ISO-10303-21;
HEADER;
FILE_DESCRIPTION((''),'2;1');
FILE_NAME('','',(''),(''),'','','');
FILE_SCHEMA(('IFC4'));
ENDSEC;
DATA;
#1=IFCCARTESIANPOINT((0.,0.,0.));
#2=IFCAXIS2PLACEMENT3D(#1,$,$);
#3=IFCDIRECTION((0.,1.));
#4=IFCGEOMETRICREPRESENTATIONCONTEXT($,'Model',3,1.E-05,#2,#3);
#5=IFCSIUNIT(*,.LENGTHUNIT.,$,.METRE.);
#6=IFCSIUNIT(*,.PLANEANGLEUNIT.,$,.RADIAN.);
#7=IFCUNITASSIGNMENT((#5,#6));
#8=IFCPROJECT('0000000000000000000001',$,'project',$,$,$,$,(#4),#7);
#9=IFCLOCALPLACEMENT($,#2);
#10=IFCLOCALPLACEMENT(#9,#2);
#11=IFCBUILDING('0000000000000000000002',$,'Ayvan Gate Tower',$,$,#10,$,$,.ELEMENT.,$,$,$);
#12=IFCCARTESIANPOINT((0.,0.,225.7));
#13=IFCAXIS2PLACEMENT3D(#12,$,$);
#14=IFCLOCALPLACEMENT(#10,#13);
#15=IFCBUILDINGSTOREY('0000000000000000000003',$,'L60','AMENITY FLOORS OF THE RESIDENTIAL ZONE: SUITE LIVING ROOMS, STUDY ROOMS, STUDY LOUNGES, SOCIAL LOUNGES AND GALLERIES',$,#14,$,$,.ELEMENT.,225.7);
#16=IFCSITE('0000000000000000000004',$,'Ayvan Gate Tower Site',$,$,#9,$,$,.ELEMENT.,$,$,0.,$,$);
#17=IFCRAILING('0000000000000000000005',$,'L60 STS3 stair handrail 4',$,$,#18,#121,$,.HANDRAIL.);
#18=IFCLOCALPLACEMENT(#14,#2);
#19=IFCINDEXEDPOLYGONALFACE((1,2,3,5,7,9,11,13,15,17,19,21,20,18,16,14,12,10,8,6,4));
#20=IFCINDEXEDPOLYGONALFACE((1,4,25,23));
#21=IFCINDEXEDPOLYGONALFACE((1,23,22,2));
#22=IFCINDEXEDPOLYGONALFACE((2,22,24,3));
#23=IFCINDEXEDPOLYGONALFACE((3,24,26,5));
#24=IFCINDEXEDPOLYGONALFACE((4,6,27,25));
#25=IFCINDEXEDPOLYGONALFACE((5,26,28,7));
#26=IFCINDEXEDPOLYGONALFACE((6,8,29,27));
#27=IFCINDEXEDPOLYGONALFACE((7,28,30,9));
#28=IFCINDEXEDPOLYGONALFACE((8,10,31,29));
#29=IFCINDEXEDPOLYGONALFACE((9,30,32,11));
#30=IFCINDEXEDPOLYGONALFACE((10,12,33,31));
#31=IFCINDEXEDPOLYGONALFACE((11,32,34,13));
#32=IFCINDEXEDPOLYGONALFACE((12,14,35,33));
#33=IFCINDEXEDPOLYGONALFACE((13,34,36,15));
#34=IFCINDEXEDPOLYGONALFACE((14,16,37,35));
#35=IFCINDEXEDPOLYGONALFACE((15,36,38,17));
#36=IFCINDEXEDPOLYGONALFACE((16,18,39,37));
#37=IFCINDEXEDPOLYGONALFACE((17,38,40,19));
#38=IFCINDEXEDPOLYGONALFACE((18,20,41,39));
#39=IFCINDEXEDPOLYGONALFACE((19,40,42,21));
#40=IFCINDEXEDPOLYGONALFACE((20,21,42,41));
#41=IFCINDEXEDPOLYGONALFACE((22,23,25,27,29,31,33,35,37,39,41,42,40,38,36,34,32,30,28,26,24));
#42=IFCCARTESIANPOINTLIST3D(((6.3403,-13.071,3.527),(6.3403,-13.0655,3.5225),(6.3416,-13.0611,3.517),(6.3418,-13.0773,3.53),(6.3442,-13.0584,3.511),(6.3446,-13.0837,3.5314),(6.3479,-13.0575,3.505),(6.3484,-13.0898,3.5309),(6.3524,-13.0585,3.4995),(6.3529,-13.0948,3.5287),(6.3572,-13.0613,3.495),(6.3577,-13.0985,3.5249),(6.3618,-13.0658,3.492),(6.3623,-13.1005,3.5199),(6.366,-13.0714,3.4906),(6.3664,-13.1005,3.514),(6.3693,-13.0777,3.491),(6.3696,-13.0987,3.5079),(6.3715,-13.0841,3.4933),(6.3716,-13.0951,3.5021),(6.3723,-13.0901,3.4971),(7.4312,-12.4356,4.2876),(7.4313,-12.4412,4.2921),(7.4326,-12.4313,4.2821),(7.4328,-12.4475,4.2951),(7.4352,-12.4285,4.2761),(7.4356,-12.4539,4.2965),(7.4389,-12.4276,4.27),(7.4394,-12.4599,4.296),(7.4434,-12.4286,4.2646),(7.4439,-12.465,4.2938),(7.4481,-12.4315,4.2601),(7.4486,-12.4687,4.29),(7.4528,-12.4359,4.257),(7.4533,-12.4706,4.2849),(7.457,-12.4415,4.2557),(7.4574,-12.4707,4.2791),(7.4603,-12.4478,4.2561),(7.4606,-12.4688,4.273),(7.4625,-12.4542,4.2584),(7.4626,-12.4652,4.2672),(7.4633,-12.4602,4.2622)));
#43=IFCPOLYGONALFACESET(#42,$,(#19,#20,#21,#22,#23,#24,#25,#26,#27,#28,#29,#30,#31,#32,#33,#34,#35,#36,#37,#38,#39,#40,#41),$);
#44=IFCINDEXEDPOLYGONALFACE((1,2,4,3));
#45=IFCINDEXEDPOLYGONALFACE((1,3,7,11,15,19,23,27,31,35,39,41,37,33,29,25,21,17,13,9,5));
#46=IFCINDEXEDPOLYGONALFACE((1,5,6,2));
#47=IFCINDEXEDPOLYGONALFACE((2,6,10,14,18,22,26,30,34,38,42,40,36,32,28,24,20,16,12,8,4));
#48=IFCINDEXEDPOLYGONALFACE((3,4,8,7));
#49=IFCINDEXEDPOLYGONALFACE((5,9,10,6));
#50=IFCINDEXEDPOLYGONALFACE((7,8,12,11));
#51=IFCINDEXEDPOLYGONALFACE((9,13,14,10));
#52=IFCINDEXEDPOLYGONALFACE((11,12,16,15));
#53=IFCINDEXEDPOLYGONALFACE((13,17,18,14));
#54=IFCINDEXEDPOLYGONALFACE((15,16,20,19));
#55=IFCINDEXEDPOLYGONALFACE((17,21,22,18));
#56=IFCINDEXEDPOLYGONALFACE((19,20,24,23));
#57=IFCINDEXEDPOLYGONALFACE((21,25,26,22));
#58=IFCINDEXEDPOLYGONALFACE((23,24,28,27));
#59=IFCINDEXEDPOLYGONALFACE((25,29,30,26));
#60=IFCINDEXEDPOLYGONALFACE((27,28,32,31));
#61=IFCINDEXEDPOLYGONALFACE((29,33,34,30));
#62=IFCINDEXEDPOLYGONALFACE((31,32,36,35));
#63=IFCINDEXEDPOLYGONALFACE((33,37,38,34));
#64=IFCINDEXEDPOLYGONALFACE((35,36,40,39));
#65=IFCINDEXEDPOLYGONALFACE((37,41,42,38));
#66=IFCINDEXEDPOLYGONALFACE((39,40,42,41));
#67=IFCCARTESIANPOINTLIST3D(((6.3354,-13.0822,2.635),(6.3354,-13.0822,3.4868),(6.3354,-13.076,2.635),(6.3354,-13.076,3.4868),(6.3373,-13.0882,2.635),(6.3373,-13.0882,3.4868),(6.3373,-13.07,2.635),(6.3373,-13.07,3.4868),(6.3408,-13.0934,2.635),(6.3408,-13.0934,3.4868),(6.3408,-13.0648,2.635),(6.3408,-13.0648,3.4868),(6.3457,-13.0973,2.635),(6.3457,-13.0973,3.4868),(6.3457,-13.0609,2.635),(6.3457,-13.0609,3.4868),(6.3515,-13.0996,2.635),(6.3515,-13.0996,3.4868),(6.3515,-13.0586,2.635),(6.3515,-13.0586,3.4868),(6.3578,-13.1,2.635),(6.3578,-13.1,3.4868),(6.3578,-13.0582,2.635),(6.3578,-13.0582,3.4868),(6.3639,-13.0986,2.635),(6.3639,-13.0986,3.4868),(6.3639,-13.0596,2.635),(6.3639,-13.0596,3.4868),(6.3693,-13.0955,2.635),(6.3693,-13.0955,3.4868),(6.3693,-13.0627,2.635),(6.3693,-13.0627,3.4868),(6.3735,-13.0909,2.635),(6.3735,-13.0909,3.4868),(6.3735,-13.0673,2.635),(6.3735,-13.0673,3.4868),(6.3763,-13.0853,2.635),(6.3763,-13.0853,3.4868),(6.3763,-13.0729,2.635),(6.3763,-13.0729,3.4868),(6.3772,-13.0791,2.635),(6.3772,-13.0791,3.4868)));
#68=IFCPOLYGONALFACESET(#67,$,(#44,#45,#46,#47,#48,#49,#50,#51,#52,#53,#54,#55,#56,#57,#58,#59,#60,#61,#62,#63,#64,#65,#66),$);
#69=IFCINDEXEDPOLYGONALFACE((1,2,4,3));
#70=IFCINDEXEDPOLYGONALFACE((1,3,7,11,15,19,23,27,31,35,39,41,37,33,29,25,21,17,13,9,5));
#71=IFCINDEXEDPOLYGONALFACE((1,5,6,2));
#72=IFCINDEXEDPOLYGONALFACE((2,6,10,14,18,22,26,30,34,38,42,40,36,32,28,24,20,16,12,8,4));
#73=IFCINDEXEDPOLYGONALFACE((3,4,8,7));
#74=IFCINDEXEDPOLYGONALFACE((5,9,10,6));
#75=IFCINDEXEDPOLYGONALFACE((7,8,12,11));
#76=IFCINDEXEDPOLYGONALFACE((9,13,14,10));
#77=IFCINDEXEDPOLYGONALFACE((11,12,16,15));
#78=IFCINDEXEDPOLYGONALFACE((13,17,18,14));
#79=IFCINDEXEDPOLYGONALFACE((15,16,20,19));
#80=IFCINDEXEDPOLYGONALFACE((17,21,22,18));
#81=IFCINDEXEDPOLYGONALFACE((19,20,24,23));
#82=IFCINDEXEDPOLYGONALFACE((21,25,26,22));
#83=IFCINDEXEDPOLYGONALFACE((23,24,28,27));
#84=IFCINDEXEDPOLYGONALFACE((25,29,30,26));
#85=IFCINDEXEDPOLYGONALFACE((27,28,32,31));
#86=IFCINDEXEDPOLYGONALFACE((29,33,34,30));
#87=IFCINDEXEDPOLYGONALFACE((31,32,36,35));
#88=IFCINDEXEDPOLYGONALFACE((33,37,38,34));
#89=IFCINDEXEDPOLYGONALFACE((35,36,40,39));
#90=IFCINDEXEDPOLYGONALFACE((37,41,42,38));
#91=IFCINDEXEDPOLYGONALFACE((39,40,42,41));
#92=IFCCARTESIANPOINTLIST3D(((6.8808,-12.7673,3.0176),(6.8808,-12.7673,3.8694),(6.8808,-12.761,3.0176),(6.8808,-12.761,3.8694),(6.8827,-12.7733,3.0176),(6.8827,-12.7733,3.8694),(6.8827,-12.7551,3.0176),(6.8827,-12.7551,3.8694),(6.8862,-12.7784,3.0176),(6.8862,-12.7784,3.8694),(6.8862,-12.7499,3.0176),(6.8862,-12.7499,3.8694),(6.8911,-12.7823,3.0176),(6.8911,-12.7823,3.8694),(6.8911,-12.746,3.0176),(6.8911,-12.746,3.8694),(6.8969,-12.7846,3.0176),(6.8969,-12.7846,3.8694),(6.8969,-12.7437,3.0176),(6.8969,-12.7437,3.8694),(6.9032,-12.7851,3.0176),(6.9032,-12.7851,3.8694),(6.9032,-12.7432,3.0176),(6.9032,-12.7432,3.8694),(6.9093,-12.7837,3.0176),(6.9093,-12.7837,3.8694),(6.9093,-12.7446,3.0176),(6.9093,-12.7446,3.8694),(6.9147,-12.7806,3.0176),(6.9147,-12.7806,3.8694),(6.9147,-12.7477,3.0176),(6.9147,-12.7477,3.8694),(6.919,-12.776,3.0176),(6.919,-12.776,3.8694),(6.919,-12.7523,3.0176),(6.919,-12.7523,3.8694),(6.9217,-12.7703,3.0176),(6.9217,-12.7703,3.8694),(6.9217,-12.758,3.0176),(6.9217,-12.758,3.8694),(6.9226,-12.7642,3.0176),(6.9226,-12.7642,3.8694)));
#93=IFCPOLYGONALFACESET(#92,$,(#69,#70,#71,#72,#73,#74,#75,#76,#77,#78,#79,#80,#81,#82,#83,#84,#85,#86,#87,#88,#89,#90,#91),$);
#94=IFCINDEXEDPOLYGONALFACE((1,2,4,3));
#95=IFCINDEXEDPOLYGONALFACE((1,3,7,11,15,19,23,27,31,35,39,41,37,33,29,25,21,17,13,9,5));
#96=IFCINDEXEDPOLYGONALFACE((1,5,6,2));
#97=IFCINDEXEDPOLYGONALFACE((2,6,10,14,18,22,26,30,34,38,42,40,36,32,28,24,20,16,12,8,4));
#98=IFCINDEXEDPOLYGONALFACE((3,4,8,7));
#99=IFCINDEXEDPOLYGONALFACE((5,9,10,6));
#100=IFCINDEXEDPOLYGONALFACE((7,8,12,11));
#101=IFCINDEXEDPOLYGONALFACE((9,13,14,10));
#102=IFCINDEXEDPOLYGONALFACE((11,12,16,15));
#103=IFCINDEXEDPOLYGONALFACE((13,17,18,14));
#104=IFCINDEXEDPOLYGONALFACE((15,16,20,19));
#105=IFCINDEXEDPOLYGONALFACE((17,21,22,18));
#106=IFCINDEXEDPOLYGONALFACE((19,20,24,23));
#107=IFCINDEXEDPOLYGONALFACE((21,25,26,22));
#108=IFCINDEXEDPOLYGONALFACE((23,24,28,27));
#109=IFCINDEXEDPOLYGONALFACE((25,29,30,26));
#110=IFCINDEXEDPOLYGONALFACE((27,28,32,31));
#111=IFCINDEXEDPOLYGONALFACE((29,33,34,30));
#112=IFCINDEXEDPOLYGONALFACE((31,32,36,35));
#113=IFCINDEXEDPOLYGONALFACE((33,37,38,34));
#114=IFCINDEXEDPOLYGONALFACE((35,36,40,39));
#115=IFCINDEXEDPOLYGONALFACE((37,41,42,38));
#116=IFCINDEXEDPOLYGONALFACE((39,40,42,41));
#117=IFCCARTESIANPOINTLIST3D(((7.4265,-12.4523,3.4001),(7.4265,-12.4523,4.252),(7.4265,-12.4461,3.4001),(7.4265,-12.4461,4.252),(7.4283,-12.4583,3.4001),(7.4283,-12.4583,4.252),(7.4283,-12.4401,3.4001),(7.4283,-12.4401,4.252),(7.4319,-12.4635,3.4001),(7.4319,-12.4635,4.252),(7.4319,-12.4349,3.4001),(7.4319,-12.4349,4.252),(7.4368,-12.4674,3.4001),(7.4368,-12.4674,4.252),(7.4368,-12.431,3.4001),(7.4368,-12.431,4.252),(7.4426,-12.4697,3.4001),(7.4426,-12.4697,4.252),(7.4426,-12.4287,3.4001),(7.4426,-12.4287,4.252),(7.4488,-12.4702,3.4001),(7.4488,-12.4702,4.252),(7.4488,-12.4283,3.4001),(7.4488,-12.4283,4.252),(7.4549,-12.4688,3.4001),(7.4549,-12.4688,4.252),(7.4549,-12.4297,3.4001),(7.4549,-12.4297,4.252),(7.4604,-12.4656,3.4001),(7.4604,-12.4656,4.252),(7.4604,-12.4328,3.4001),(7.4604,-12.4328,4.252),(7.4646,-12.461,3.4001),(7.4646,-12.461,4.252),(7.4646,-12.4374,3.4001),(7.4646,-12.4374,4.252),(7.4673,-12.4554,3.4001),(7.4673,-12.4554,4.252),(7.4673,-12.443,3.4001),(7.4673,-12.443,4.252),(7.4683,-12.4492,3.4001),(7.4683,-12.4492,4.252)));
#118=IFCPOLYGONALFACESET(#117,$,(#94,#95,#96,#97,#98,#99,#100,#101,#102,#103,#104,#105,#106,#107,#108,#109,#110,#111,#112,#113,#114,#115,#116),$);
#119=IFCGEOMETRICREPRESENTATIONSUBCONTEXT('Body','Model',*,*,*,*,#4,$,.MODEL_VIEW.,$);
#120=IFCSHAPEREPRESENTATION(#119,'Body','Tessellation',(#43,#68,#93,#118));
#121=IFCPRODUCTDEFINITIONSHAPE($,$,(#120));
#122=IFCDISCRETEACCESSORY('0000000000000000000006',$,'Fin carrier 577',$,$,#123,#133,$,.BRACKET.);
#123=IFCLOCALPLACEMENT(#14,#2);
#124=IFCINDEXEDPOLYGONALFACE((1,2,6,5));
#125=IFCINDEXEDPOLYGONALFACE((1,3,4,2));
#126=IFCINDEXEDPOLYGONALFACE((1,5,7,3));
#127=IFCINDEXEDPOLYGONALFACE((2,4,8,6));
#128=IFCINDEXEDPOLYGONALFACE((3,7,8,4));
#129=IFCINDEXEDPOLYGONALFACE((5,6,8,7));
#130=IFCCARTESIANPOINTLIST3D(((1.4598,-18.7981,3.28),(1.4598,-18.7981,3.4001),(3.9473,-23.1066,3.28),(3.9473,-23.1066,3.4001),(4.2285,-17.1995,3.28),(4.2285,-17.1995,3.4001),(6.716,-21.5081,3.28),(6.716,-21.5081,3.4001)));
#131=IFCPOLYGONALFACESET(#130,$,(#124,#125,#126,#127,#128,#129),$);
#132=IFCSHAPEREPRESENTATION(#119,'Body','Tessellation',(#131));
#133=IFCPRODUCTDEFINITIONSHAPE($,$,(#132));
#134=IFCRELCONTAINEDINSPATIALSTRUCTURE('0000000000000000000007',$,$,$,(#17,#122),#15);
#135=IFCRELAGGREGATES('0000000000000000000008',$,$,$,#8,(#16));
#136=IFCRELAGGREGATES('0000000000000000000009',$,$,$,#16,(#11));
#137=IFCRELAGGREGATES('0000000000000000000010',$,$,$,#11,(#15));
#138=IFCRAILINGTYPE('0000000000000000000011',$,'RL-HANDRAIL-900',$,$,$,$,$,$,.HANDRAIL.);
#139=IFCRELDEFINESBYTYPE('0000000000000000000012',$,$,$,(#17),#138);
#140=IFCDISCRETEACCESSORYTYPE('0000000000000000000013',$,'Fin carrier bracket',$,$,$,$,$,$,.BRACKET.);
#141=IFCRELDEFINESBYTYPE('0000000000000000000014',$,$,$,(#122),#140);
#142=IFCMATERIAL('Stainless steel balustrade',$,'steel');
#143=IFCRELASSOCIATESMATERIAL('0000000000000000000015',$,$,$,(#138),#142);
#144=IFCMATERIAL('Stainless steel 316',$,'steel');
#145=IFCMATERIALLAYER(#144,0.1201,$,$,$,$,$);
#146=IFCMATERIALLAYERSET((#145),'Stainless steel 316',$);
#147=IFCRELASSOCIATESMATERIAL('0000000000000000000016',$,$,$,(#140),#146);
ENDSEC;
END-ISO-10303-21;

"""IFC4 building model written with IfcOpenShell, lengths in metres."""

from ifc_helpers import new_model, si_unit, direction, frame, origin, origin_2d, place, context, subcontext, project, spatial, rectangle, circle, extrude, material, layer, layer_set, type_object, element, save


model = new_model("IFC4")

# Units and contexts
model_context = context("Model", 3, precision=1e-05, world=origin(), true_north=direction((0.0, 1.0)))
body_context = subcontext(model_context, "Body", "Model", "MODEL_VIEW")
ifc_project = project(units=[si_unit("LENGTHUNIT", "METRE"), si_unit("PLANEANGLEUNIT", "RADIAN")], contexts=[model_context])

# Site, building, storey
site_placement = place(None, origin())
site = spatial("IfcSite", under=ifc_project, at=site_placement, Name="Ayvan Gate Tower Site", CompositionType="ELEMENT", RefElevation=0.0)
building_placement = place(site_placement, origin())
building = spatial("IfcBuilding", under=site, at=building_placement, Name="Ayvan Gate Tower", CompositionType="ELEMENT")
storey_placement = place(building_placement, frame((0.0, 0.0, 225.7)))
storey = spatial("IfcBuildingStorey", under=building, at=storey_placement, Name="L60", Description="AMENITY FLOORS OF THE RESIDENTIAL ZONE: SUITE LIVING ROOMS, STUDY ROOMS, STUDY LOUNGES, SOCIAL LOUNGES AND GALLERIES", CompositionType="ELEMENT", Elevation=225.7)

# Railing
ifc_material_1 = material(Name="Stainless steel balustrade", Category="steel")
railing_type_1 = type_object("IfcRailingType", Name="RL-HANDRAIL-900", PredefinedType="HANDRAIL", material=ifc_material_1)
railing_1_placement = place(storey_placement, frame((6.3562, -13.0791, 2.635)))
element("IfcRailing", 1, at=railing_1_placement, inside=storey, type_object=railing_type_1, Name="L60 STS3 stair handrail 4", PredefinedType="HANDRAIL", context=body_context, shape_type="SweptSolid", body=[
    extrude(circle(Radius=0.0239, at=origin_2d()), frame((0.0, 0.0, 0.876), z_axis=(0.740218, 0.427336, 0.519097), x_axis=(-0.499974, 0.86604, 0.0)), (0.0, 0.0, 1.0), 1.4739),
    extrude(circle(Radius=0.021, at=origin_2d()), origin(), (0.0, 0.0, 1.0), 0.8518),
    extrude(circle(Radius=0.021, at=origin_2d()), frame((0.5454, 0.3149, 0.3826)), (0.0, 0.0, 1.0), 0.8518),
    extrude(circle(Radius=0.021, at=origin_2d()), frame((1.0911, 0.6299, 0.7651)), (0.0, 0.0, 1.0), 0.8518),
])

# Discrete accessory
ifc_material_2 = material(Name="Stainless steel 316", Category="steel")
ifc_layer_1 = layer(ifc_material_2, 0.1201)
ifc_layer_set_1 = layer_set([ifc_layer_1], Name="Stainless steel 316")
discrete_accessory_type = type_object("IfcDiscreteAccessoryType", Name="Fin carrier bracket", PredefinedType="BRACKET", material=ifc_layer_set_1)
discrete_accessory_placement = place(storey_placement, frame((4.0879, -20.1531, 3.28), z_axis=(0.0, 0.0, 1.0), x_axis=(0.866025, 0.5, 0.0)))
element("IfcDiscreteAccessory", 2, at=discrete_accessory_placement, inside=storey, type_object=discrete_accessory_type, Name="Fin carrier 577", PredefinedType="BRACKET", context=body_context, shape_type="SweptSolid", body=[
    extrude(rectangle(XDim=3.197, YDim=4.9751, at=origin_2d()), origin(), (0.0, 0.0, 1.0), 0.1201),
])

save(model, "model.ifc")
